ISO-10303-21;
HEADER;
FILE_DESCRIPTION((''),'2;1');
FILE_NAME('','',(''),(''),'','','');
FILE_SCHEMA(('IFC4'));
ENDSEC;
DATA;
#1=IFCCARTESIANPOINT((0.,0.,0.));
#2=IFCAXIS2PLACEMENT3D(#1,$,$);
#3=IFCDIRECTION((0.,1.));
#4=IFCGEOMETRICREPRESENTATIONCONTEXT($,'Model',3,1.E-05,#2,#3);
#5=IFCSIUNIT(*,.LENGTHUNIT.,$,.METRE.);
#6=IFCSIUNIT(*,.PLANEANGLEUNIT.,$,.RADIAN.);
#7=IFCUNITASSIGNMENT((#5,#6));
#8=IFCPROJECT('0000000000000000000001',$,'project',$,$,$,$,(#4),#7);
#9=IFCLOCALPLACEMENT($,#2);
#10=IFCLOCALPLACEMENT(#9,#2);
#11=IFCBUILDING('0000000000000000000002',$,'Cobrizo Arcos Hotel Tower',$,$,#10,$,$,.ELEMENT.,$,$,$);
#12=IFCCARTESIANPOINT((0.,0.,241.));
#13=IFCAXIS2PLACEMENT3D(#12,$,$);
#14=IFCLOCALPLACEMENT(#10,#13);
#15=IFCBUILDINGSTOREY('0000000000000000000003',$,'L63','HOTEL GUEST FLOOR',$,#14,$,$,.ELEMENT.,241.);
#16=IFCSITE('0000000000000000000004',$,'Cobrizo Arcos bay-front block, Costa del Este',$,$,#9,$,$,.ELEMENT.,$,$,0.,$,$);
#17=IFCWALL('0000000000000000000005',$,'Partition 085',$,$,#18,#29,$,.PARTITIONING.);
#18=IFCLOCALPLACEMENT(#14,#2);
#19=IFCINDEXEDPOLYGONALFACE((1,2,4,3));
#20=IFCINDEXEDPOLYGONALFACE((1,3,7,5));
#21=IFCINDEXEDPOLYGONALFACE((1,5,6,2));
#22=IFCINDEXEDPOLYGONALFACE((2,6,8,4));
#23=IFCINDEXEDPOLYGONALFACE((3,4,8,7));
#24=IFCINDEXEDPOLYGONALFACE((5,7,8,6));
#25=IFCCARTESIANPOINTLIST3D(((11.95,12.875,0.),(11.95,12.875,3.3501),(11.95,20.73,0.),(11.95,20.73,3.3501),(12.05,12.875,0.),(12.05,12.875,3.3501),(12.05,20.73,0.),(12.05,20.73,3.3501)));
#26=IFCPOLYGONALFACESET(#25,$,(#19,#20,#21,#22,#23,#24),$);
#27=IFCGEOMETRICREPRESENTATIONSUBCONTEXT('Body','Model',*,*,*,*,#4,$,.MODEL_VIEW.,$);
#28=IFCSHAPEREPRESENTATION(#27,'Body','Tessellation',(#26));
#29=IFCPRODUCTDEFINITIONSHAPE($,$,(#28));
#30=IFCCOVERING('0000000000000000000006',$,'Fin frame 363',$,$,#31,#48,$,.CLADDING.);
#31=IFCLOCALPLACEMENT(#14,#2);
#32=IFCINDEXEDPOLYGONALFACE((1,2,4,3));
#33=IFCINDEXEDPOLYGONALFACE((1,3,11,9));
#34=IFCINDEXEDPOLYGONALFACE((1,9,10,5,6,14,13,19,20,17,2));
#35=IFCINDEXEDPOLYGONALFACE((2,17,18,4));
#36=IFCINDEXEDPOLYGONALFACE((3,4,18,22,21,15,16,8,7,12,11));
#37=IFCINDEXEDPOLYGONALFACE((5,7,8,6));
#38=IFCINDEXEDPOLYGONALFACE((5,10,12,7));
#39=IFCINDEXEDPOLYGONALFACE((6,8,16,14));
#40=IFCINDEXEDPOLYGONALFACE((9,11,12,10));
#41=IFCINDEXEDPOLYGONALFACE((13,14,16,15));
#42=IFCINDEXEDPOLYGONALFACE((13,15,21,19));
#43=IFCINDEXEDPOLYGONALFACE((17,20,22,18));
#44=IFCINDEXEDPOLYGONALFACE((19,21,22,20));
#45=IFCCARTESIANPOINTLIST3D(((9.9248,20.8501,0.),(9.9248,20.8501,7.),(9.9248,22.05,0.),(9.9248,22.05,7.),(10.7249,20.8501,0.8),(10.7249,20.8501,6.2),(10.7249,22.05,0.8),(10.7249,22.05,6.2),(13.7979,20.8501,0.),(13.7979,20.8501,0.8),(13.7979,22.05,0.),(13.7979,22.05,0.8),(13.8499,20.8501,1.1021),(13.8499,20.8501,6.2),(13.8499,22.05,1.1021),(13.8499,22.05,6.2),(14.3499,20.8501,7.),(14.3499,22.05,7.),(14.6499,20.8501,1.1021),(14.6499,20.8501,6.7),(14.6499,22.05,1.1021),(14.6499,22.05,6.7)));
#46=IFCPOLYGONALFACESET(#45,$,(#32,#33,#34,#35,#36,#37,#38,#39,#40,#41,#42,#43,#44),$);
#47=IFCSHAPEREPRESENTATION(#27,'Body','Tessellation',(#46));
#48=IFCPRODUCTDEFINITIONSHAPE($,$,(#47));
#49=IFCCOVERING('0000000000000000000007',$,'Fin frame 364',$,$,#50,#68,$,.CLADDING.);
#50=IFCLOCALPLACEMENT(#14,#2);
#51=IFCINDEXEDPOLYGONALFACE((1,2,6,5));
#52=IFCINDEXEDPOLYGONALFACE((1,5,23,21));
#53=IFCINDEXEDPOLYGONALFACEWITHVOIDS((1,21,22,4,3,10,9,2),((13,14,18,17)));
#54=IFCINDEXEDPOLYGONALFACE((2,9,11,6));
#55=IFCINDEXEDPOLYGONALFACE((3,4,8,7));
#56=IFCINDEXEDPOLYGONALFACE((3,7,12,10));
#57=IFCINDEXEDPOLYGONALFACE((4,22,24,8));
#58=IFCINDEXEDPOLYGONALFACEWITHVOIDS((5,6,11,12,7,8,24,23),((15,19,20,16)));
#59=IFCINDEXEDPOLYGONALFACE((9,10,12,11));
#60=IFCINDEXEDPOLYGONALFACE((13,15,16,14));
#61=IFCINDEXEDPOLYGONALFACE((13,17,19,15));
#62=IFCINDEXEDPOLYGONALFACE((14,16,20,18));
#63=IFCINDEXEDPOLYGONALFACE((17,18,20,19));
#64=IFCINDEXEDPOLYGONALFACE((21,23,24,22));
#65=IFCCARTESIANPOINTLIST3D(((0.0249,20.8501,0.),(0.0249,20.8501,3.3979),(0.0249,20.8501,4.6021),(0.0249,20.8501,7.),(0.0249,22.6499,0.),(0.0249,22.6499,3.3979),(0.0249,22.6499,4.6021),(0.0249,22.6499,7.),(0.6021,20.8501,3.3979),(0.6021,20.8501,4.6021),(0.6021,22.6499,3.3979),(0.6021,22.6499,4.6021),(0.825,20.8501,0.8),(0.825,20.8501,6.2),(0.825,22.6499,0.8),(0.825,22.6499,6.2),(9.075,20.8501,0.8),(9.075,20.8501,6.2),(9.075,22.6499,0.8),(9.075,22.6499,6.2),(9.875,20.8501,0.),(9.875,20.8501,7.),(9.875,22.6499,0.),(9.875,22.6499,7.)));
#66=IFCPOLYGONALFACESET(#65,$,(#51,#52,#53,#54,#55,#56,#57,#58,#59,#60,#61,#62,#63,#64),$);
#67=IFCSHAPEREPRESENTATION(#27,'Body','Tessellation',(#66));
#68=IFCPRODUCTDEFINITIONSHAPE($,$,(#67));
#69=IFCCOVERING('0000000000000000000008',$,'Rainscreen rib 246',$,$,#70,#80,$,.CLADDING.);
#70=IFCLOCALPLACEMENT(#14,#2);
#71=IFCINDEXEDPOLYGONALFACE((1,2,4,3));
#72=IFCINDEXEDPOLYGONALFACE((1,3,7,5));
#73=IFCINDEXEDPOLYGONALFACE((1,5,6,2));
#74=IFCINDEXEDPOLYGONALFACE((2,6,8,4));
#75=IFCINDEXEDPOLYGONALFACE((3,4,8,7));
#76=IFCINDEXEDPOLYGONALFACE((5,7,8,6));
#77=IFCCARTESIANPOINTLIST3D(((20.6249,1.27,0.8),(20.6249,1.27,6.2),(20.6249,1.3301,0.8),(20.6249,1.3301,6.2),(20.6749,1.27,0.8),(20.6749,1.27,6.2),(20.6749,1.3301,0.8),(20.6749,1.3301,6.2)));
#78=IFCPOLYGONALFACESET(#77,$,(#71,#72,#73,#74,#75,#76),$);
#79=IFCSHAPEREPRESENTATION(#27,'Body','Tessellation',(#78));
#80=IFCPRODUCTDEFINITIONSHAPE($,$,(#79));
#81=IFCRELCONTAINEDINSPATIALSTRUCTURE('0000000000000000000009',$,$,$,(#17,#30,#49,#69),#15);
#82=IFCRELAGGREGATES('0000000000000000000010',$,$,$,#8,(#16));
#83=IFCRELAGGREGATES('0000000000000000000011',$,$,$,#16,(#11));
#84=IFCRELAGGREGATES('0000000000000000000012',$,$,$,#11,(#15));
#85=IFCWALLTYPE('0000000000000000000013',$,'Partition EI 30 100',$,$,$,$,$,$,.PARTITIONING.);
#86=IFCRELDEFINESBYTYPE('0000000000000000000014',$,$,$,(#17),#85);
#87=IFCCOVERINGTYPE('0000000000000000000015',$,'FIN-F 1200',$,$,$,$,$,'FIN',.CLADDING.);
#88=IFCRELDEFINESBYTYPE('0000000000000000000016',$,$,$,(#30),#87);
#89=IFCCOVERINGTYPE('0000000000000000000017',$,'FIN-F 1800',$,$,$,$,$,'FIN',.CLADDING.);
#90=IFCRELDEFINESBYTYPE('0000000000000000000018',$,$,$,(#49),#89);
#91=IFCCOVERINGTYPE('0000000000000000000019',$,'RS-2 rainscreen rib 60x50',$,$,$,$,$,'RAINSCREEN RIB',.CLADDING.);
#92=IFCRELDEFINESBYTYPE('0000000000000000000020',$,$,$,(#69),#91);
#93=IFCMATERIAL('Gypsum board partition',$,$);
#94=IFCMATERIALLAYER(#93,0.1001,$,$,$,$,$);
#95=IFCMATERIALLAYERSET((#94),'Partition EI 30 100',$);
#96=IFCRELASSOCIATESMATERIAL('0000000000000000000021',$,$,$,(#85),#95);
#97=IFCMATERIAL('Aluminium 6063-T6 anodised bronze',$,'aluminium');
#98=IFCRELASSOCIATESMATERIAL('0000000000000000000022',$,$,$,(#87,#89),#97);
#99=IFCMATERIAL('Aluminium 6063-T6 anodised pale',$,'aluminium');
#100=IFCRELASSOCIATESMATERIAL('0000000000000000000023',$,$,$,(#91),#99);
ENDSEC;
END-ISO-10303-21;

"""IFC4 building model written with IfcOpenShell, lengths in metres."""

from ifc_helpers import new_model, si_unit, direction, frame, frame_2d, origin, origin_2d, place, context, subcontext, project, spatial, polyline, rectangle, outline, extrude, material, layer, layer_set, type_object, element, save


model = new_model("IFC4")

# Units and contexts
model_context = context("Model", 3, precision=1e-05, world=origin(), true_north=direction((0.0, 1.0)))
body_context = subcontext(model_context, "Body", "Model", "MODEL_VIEW")
ifc_project = project(units=[si_unit("LENGTHUNIT", "METRE"), si_unit("PLANEANGLEUNIT", "RADIAN")], contexts=[model_context])

# Site, building, storey
site_placement = place(None, origin())
site = spatial("IfcSite", under=ifc_project, at=site_placement, Name="Cobrizo Arcos bay-front block, Costa del Este", CompositionType="ELEMENT", RefElevation=0.0)
building_placement = place(site_placement, origin())
building = spatial("IfcBuilding", under=site, at=building_placement, Name="Cobrizo Arcos Hotel Tower", CompositionType="ELEMENT")
storey_placement = place(building_placement, frame((0.0, 0.0, 241.0)))
storey = spatial("IfcBuildingStorey", under=building, at=storey_placement, Name="L63", Description="HOTEL GUEST FLOOR", CompositionType="ELEMENT", Elevation=241.0)

# Shared definitions
ifc_material_1 = material(Name="Aluminium 6063-T6 anodised bronze", Category="aluminium")

# Shared definitions
ifc_material_2 = material(Name="Gypsum board partition")
ifc_layer_1 = layer(ifc_material_2, 0.1001)
ifc_layer_set_1 = layer_set([ifc_layer_1], Name="Partition EI 30 100")
wall_type = type_object("IfcWallType", Name="Partition EI 30 100", PredefinedType="PARTITIONING", material=ifc_layer_set_1)

# Wall
wall_1_placement = place(storey_placement, frame((12.0, 12.875, 0.0), z_axis=(0.0, 0.0, 1.0), x_axis=(0.0, 1.0, 0.0)))
element("IfcWall", 1, at=wall_1_placement, inside=storey, type_object=wall_type, Name="Partition 085", PredefinedType="PARTITIONING", context=body_context, shape_type="SweptSolid", body=[
    extrude(rectangle(XDim=7.855, YDim=0.1001, at=frame_2d((3.9275, 0.0))), origin(), (0.0, 0.0, 1.0), 3.3501),
])

# Coverings
covering_type_1 = type_object("IfcCoveringType", Name="FIN-F 1200", ElementType="FIN", PredefinedType="CLADDING", material=ifc_material_1)
covering_1_placement = place(storey_placement, frame((14.6499, 20.8501, 0.0), z_axis=(0.0, 1.0, 0.0), x_axis=(-1.0, 0.0, 0.0)))
element("IfcCovering", 2, at=covering_1_placement, inside=storey, type_object=covering_type_1, Name="Fin frame 363", PredefinedType="CLADDING", context=body_context, shape_type="SweptSolid", body=[
    extrude(outline(polyline([(0.0, 6.7), (0.0, 1.1021), (0.8, 1.1021), (0.8, 6.2), (3.925, 6.2), (3.925, 0.8), (0.8521, 0.8), (0.8521, 0.0), (4.7251, 0.0), (4.7251, 7.0), (0.3, 7.0), (0.0, 6.7)])), origin(), (0.0, 0.0, 1.0), 1.2),
])
covering_type_2 = type_object("IfcCoveringType", Name="FIN-F 1800", ElementType="FIN", PredefinedType="CLADDING", material=ifc_material_1)
covering_2_placement = place(storey_placement, frame((9.875, 20.8501, 0.0), z_axis=(0.0, 1.0, 0.0), x_axis=(-1.0, 0.0, 0.0)))
element("IfcCovering", 3, at=covering_2_placement, inside=storey, type_object=covering_type_2, Name="Fin frame 364", PredefinedType="CLADDING", context=body_context, shape_type="SweptSolid", body=[
    extrude(outline(polyline([(9.8501, 0.0), (9.8501, 3.3979), (9.2729, 3.3979), (9.2729, 4.6021), (9.8501, 4.6021), (9.8501, 7.0), (0.0, 7.0), (0.0, 0.0), (9.8501, 0.0)]), holes=[polyline([(9.05, 0.8), (0.8, 0.8), (0.8, 6.2), (9.05, 6.2), (9.05, 0.8)])]), origin(), (0.0, 0.0, 1.0), 1.7998),
])
ifc_material_3 = material(Name="Aluminium 6063-T6 anodised pale", Category="aluminium")
covering_type_3 = type_object("IfcCoveringType", Name="RS-2 rainscreen rib 60x50", ElementType="RAINSCREEN RIB", PredefinedType="CLADDING", material=ifc_material_3)
covering_3_placement = place(storey_placement, frame((20.6499, 1.3, 0.8), z_axis=(0.0, 0.0, 1.0), x_axis=(0.0, 1.0, 0.0)))
element("IfcCovering", 4, at=covering_3_placement, inside=storey, type_object=covering_type_3, Name="Rainscreen rib 246", PredefinedType="CLADDING", context=body_context, shape_type="SweptSolid", body=[
    extrude(rectangle(XDim=0.0601, YDim=0.05, at=origin_2d()), origin(), (0.0, 0.0, 1.0), 5.3999),
])

save(model, "model.ifc")
